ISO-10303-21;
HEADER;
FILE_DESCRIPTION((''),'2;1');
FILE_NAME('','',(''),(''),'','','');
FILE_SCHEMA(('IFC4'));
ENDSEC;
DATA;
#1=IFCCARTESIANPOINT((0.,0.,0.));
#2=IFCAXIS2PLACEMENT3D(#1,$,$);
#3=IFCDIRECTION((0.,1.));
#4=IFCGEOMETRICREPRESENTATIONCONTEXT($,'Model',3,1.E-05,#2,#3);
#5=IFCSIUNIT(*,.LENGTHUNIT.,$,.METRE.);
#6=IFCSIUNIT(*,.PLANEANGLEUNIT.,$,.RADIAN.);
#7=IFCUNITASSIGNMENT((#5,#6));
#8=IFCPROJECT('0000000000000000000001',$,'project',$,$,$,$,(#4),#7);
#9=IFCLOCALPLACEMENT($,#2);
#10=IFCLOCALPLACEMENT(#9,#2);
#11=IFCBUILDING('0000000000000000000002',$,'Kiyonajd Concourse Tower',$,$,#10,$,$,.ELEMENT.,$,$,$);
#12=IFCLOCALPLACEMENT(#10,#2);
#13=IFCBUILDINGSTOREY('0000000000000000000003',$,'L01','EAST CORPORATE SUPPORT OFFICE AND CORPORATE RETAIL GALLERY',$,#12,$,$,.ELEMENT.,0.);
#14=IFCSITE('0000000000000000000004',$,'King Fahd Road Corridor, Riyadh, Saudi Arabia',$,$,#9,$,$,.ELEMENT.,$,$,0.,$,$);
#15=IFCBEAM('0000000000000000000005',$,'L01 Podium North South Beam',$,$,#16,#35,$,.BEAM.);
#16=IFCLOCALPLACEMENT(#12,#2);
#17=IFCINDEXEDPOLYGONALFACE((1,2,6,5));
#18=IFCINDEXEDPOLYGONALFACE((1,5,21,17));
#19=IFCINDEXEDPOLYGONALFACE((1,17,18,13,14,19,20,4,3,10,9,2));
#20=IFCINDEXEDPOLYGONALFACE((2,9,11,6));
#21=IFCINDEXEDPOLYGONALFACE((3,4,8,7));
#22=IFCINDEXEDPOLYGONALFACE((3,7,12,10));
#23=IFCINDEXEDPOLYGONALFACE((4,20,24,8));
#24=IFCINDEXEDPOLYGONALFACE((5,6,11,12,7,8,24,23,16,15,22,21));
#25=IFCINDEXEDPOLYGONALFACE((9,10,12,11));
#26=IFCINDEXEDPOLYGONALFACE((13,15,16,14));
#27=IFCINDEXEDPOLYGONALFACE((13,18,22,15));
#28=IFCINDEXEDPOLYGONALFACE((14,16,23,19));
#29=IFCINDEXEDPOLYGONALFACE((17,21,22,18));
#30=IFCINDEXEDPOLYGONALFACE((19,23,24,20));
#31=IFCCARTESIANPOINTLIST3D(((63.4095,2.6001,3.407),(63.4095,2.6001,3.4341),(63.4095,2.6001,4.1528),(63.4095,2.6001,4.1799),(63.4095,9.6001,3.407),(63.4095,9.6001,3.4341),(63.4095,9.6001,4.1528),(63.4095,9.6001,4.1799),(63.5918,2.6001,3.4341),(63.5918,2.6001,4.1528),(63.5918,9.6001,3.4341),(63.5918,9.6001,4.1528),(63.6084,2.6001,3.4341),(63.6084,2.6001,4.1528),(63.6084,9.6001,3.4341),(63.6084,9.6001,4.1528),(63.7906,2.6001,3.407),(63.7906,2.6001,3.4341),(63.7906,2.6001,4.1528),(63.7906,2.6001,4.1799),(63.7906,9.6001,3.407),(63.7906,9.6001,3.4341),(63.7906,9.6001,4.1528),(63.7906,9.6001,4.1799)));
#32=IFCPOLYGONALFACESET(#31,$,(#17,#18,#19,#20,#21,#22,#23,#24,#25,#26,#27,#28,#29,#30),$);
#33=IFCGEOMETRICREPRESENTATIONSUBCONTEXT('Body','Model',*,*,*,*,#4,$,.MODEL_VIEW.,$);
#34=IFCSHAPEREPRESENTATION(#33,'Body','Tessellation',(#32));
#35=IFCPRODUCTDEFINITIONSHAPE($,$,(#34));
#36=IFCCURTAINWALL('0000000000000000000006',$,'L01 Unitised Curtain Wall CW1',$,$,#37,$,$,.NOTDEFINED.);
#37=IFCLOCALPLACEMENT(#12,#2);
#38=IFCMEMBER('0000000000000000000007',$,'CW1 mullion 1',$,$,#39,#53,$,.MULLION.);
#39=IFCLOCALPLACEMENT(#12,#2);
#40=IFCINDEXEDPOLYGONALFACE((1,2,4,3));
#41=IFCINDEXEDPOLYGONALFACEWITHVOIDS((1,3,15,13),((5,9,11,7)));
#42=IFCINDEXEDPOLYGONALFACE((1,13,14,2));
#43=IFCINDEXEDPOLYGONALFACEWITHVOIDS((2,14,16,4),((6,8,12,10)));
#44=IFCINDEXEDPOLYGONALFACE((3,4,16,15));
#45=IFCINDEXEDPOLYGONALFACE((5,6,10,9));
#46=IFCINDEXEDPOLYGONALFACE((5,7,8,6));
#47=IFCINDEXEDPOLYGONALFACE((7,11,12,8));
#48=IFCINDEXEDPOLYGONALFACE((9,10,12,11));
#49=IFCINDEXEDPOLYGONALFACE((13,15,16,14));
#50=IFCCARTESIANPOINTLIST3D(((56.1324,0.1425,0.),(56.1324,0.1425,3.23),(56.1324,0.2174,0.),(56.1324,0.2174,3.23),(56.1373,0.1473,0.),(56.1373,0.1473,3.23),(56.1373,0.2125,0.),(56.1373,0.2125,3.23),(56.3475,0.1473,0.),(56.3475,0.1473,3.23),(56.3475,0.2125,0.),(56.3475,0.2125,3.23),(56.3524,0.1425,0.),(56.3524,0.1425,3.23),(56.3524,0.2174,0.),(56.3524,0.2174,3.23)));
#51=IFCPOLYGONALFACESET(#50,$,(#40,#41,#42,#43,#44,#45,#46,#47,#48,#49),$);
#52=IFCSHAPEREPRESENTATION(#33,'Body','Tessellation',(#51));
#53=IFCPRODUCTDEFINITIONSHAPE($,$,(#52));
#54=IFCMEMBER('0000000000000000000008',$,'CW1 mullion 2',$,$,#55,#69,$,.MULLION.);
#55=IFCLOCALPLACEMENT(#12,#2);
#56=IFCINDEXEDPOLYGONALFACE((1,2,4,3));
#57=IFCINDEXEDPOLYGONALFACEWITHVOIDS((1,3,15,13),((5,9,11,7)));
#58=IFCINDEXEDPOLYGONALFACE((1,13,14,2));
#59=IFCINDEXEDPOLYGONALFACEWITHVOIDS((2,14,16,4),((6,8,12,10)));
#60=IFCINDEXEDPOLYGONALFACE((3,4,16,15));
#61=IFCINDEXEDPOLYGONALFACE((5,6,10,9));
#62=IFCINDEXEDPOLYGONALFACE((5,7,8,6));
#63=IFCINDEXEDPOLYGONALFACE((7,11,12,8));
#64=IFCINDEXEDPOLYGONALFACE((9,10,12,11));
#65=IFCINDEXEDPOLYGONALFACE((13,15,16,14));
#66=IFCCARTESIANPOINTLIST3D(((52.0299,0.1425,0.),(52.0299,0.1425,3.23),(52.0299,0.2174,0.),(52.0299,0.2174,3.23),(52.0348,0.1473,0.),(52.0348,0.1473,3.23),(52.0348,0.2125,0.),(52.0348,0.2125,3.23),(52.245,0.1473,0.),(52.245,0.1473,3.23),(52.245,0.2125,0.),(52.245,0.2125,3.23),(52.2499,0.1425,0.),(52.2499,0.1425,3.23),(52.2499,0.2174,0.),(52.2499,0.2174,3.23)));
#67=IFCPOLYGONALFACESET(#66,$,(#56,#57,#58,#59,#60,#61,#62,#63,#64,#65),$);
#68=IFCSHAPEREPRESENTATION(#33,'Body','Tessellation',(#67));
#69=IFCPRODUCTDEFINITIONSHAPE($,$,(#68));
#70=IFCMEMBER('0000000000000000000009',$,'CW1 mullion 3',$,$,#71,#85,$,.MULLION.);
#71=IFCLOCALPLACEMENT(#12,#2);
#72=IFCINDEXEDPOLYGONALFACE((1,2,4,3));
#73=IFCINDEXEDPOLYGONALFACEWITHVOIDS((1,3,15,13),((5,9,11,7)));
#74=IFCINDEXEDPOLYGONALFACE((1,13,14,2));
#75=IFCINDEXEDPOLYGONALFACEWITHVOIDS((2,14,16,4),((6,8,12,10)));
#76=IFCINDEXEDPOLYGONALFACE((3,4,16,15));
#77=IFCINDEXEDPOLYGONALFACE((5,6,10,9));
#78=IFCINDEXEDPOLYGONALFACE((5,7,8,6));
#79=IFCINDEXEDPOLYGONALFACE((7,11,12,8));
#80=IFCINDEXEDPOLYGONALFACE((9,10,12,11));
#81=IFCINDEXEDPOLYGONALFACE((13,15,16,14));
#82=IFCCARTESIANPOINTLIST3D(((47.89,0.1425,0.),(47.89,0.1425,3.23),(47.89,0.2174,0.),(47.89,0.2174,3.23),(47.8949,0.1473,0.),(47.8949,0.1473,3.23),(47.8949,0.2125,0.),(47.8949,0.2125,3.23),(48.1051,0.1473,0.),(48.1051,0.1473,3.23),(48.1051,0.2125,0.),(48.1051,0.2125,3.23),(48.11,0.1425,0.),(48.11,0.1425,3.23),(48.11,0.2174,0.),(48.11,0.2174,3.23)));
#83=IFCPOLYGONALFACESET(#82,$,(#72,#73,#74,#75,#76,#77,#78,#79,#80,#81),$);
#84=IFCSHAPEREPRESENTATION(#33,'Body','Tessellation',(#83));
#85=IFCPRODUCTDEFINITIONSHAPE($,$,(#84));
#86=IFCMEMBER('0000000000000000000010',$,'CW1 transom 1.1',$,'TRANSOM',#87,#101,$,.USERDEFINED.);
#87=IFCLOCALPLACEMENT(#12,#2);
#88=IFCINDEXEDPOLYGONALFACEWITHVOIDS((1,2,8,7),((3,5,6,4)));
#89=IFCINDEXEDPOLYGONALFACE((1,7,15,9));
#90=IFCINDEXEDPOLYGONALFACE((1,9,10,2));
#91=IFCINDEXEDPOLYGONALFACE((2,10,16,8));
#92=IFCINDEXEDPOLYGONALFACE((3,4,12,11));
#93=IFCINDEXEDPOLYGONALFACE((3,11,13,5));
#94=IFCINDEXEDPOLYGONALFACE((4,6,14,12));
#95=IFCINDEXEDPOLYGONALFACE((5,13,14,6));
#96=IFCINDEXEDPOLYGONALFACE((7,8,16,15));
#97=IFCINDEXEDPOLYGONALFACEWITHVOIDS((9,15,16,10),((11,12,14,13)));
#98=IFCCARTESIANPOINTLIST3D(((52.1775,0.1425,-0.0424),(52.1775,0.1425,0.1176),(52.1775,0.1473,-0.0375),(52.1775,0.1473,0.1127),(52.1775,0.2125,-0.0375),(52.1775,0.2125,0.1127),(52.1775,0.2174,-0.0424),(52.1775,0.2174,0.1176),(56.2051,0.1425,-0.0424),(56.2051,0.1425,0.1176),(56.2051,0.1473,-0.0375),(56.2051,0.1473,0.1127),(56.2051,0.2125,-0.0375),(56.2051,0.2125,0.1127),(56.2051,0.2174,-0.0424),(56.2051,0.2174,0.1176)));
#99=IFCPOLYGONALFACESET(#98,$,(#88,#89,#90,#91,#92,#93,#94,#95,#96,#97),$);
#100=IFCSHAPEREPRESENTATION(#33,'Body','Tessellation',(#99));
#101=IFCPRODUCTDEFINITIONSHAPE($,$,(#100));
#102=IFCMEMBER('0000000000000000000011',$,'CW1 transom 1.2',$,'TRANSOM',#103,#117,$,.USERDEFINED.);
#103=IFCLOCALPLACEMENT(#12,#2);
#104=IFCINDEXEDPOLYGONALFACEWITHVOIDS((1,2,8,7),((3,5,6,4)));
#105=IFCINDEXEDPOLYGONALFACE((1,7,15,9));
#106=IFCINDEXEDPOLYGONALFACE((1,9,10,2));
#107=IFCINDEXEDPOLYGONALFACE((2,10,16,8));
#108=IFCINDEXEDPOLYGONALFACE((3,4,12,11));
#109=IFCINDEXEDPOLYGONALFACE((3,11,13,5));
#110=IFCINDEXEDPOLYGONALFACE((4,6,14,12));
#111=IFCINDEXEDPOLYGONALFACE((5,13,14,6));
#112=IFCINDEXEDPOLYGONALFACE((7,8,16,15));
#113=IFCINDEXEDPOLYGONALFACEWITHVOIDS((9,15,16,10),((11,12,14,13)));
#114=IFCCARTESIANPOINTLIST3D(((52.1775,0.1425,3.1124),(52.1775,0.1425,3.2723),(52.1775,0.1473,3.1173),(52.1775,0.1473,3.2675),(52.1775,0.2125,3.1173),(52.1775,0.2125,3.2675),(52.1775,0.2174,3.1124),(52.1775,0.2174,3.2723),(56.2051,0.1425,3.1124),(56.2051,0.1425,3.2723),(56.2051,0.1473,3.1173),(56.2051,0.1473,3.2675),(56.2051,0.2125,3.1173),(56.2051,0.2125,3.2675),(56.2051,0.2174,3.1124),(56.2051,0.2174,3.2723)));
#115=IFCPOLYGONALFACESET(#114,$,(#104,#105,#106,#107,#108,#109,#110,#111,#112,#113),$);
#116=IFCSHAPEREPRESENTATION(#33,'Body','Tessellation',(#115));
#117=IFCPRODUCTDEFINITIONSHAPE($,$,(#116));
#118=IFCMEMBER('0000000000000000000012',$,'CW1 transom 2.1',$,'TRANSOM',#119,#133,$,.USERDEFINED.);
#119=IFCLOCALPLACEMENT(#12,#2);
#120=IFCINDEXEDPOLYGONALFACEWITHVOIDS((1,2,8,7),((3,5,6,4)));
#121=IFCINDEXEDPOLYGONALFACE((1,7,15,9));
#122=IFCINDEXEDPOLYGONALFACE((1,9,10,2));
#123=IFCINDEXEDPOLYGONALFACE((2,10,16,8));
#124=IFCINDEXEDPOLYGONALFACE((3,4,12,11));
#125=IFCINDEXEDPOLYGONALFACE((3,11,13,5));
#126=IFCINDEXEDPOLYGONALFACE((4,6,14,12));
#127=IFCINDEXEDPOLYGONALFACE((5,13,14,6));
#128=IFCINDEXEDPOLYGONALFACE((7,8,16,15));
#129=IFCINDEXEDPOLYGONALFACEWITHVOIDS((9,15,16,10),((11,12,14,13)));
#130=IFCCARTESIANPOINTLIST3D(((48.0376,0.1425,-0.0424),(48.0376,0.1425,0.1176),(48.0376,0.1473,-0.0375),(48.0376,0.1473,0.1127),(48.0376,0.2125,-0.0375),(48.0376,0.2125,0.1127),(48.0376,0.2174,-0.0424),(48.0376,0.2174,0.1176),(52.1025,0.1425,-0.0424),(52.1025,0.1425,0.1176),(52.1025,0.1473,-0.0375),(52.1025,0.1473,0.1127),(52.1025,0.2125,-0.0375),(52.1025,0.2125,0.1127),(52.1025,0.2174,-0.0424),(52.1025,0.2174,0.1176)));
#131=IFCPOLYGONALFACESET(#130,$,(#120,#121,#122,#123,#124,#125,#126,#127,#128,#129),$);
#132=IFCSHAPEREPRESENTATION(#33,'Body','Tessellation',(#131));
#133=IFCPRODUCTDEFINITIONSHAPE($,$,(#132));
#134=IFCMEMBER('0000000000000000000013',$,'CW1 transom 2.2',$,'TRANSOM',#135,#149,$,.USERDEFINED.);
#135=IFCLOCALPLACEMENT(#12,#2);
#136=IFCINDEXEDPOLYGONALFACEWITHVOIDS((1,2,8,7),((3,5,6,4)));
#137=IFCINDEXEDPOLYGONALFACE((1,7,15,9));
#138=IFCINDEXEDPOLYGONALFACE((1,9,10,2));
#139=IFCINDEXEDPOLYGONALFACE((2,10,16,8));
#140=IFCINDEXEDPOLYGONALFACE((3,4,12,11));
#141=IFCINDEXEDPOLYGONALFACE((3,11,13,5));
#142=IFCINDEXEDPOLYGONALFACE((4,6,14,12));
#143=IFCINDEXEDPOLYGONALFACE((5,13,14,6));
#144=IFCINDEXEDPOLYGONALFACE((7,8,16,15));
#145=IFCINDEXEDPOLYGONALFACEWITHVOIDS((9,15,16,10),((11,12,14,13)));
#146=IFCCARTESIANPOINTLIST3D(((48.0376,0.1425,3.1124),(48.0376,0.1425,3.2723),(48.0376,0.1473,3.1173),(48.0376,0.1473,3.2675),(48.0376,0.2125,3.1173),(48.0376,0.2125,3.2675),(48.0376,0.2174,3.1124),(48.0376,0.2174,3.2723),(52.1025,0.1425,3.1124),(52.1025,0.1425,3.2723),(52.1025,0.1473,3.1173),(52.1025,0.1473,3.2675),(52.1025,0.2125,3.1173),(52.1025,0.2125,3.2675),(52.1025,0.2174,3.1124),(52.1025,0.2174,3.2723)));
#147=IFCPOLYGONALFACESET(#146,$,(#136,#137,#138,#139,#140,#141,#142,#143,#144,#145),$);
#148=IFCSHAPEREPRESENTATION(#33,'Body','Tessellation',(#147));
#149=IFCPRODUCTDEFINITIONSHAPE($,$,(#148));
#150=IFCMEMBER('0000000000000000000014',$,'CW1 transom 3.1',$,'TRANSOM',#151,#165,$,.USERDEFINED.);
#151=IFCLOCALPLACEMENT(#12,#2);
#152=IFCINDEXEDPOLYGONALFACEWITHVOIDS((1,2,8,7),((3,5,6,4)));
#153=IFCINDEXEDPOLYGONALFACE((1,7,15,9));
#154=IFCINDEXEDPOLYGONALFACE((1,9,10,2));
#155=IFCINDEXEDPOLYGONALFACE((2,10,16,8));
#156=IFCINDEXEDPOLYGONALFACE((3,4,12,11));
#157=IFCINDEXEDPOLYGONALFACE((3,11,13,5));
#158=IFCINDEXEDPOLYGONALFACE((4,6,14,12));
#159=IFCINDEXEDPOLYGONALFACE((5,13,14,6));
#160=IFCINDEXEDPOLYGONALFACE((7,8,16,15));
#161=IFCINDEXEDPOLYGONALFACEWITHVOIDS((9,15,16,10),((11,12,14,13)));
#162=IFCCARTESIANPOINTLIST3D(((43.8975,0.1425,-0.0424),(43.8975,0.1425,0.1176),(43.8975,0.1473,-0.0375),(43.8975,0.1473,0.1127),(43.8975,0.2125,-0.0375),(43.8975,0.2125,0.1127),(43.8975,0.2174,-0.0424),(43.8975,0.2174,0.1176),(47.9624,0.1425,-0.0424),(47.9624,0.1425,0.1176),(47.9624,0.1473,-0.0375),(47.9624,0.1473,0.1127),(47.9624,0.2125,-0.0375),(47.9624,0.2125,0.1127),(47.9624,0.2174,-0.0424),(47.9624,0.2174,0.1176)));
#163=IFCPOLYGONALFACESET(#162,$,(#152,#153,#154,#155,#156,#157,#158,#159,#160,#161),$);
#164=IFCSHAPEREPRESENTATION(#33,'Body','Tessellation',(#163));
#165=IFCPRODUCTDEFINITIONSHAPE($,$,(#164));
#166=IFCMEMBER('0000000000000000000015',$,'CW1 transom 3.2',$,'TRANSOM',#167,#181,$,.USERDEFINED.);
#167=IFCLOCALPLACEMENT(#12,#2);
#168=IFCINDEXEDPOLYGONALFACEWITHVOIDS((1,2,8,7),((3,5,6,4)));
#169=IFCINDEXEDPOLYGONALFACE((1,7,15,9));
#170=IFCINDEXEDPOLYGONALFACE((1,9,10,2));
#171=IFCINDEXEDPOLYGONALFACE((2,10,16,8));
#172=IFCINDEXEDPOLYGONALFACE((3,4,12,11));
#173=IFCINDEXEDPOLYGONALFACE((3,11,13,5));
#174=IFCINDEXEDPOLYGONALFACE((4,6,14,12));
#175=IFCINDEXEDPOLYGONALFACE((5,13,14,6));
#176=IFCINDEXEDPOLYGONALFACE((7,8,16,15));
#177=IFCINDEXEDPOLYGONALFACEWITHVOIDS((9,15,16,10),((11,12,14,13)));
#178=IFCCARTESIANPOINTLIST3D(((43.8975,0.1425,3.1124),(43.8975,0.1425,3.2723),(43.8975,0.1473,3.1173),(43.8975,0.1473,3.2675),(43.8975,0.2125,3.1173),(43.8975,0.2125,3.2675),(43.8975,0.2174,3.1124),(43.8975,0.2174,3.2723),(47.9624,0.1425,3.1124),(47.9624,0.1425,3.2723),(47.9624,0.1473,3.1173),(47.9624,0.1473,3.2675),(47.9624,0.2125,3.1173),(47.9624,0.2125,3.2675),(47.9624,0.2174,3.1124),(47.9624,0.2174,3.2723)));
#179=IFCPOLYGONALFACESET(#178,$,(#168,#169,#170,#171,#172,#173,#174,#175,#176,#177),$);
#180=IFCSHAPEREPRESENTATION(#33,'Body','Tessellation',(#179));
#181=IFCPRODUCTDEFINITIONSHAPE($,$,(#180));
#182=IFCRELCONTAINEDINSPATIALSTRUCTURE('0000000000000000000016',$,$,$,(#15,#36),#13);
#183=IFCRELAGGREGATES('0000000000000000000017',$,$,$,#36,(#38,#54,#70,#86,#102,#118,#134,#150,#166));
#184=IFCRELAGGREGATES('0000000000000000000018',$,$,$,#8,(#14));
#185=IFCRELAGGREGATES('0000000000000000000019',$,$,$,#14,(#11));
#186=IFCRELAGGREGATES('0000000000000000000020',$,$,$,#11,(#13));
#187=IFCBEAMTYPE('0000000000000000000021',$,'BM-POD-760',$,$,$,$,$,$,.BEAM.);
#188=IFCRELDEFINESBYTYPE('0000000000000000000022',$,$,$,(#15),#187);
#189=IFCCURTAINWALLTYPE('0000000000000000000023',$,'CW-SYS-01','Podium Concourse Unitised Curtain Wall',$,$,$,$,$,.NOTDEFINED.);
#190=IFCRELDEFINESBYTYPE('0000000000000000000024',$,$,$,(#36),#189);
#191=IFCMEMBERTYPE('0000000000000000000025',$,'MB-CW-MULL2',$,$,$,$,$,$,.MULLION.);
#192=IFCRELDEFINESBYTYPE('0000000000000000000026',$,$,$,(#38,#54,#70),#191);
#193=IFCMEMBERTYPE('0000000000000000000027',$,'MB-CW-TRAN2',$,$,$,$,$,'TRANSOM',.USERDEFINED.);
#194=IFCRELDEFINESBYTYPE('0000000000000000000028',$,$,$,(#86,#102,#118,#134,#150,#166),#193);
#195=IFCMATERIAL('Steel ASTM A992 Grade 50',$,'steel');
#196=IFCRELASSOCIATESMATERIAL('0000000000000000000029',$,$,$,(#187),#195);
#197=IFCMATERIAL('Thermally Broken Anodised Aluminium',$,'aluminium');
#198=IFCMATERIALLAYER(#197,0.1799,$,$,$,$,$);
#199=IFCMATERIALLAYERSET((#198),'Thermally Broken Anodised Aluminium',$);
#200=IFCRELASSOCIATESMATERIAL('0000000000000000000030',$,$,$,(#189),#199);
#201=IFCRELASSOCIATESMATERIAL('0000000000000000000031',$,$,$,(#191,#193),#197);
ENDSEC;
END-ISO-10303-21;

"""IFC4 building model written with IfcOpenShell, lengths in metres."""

from ifc_helpers import new_model, si_unit, direction, frame, origin, origin_2d, place, context, subcontext, project, spatial, hollow_rectangle, i_section, extrude, material, layer, layer_set, material_profile, profile_set, type_object, element, aggregate, save


model = new_model("IFC4")

# Units and contexts
model_context = context("Model", 3, precision=1e-05, world=origin(), true_north=direction((0.0, 1.0)))
body_context = subcontext(model_context, "Body", "Model", "MODEL_VIEW")
ifc_project = project(units=[si_unit("LENGTHUNIT", "METRE"), si_unit("PLANEANGLEUNIT", "RADIAN")], contexts=[model_context])

# Site, building, storey
site_placement = place(None, origin())
site = spatial("IfcSite", under=ifc_project, at=site_placement, Name="King Fahd Road Corridor, Riyadh, Saudi Arabia", CompositionType="ELEMENT", RefElevation=0.0)
building_placement = place(site_placement, origin())
building = spatial("IfcBuilding", under=site, at=building_placement, Name="Kiyonajd Concourse Tower", CompositionType="ELEMENT")
storey_placement = place(building_placement, origin())
storey = spatial("IfcBuildingStorey", under=building, at=storey_placement, Name="L01", Description="EAST CORPORATE SUPPORT OFFICE AND CORPORATE RETAIL GALLERY", CompositionType="ELEMENT", Elevation=0.0)

# Beam
ifc_material_1 = material(Name="Steel ASTM A992 Grade 50", Category="steel")
ifc_material_profile_1 = material_profile(ifc_material_1, i_section(OverallWidth=0.3811, OverallDepth=0.7729, WebThickness=0.0166, FlangeThickness=0.0271, at=origin_2d()), Name="W760X257")
ifc_profile_set_1 = profile_set([ifc_material_profile_1], Name="Steel ASTM A992 Grade 50")
beam_type = type_object("IfcBeamType", Name="BM-POD-760", PredefinedType="BEAM", material=ifc_profile_set_1)
beam_1_placement = place(storey_placement, frame((63.6001, 2.6001, 3.7935), z_axis=(0.0, 1.0, 0.0), x_axis=(-1.0, 0.0, 0.0)))
element("IfcBeam", 1, at=beam_1_placement, inside=storey, type_object=beam_type, Name="L01 Podium North South Beam", PredefinedType="BEAM", context=body_context, shape_type="SweptSolid", body=[
    extrude(i_section(OverallWidth=0.3811, OverallDepth=0.7729, WebThickness=0.0166, FlangeThickness=0.0271, at=origin_2d()), origin(), (0.0, 0.0, 1.0), 7.0),
])

# Curtain wall, members
ifc_material_2 = material(Name="Thermally Broken Anodised Aluminium", Category="aluminium")
ifc_layer_1 = layer(ifc_material_2, 0.1799)
ifc_layer_set_1 = layer_set([ifc_layer_1], Name="Thermally Broken Anodised Aluminium")
curtain_wall_type = type_object("IfcCurtainWallType", Name="CW-SYS-01", Description="Podium Concourse Unitised Curtain Wall", PredefinedType="NOTDEFINED", material=ifc_layer_set_1)
curtain_wall_placement = place(storey_placement, origin())
curtain_wall = element("IfcCurtainWall", 2, at=curtain_wall_placement, inside=storey, type_object=curtain_wall_type, Name="L01 Unitised Curtain Wall CW1", PredefinedType="NOTDEFINED")
ifc_material_profile_2 = material_profile(ifc_material_2, hollow_rectangle(XDim=0.075, YDim=0.22, WallThickness=0.0049, at=origin_2d()), Name="MULL-75x220")
ifc_profile_set_2 = profile_set([ifc_material_profile_2], Name="Thermally Broken Anodised Aluminium")
member_type_1 = type_object("IfcMemberType", Name="MB-CW-MULL2", PredefinedType="MULLION", material=ifc_profile_set_2)
member_1_placement = place(storey_placement, frame((56.2424, 0.1799, 0.0), z_axis=(0.0, 0.0, 1.0), x_axis=(0.0, -1.0, 0.0)))
member_1 = element("IfcMember", 3, at=member_1_placement, type_object=member_type_1, Name="CW1 mullion 1", PredefinedType="MULLION", context=body_context, shape_type="SweptSolid", body=[
    extrude(hollow_rectangle(XDim=0.075, YDim=0.22, WallThickness=0.0049, at=origin_2d()), origin(), (0.0, 0.0, 1.0), 3.23),
])
member_2_placement = place(storey_placement, frame((52.1399, 0.1799, 0.0), z_axis=(0.0, 0.0, 1.0), x_axis=(0.0, -1.0, 0.0)))
member_2 = element("IfcMember", 4, at=member_2_placement, type_object=member_type_1, Name="CW1 mullion 2", PredefinedType="MULLION", context=body_context, shape_type="SweptSolid", body=[
    extrude(hollow_rectangle(XDim=0.075, YDim=0.22, WallThickness=0.0049, at=origin_2d()), origin(), (0.0, 0.0, 1.0), 3.23),
])
member_3_placement = place(storey_placement, frame((48.0, 0.1799, 0.0), z_axis=(0.0, 0.0, 1.0), x_axis=(0.0, -1.0, 0.0)))
member_3 = element("IfcMember", 5, at=member_3_placement, type_object=member_type_1, Name="CW1 mullion 3", PredefinedType="MULLION", context=body_context, shape_type="SweptSolid", body=[
    extrude(hollow_rectangle(XDim=0.075, YDim=0.22, WallThickness=0.0049, at=origin_2d()), origin(), (0.0, 0.0, 1.0), 3.23),
])
ifc_material_profile_3 = material_profile(ifc_material_2, hollow_rectangle(XDim=0.075, YDim=0.1599, WallThickness=0.0049, at=origin_2d()), Name="TRAN-75x160")
ifc_profile_set_3 = profile_set([ifc_material_profile_3], Name="Thermally Broken Anodised Aluminium")
member_type_2 = type_object("IfcMemberType", Name="MB-CW-TRAN2", ElementType="TRANSOM", PredefinedType="USERDEFINED", material=ifc_profile_set_3)
member_4_placement = place(storey_placement, frame((56.2051, 0.1799, 0.0376), z_axis=(-1.0, 0.0, 0.0), x_axis=(0.0, -1.0, 0.0)))
member_4 = element("IfcMember", 6, at=member_4_placement, type_object=member_type_2, Name="CW1 transom 1.1", ObjectType="TRANSOM", PredefinedType="USERDEFINED", context=body_context, shape_type="SweptSolid", body=[
    extrude(hollow_rectangle(XDim=0.075, YDim=0.1599, WallThickness=0.0049, at=origin_2d()), origin(), (0.0, 0.0, 1.0), 4.0276),
])
member_5_placement = place(storey_placement, frame((56.2051, 0.1799, 3.1924), z_axis=(-1.0, 0.0, 0.0), x_axis=(0.0, -1.0, 0.0)))
member_5 = element("IfcMember", 7, at=member_5_placement, type_object=member_type_2, Name="CW1 transom 1.2", ObjectType="TRANSOM", PredefinedType="USERDEFINED", context=body_context, shape_type="SweptSolid", body=[
    extrude(hollow_rectangle(XDim=0.075, YDim=0.1599, WallThickness=0.0049, at=origin_2d()), origin(), (0.0, 0.0, 1.0), 4.0276),
])
member_6_placement = place(storey_placement, frame((52.1025, 0.1799, 0.0376), z_axis=(-1.0, 0.0, 0.0), x_axis=(0.0, -1.0, 0.0)))
member_6 = element("IfcMember", 8, at=member_6_placement, type_object=member_type_2, Name="CW1 transom 2.1", ObjectType="TRANSOM", PredefinedType="USERDEFINED", context=body_context, shape_type="SweptSolid", body=[
    extrude(hollow_rectangle(XDim=0.075, YDim=0.1599, WallThickness=0.0049, at=origin_2d()), origin(), (0.0, 0.0, 1.0), 4.0649),
])
member_7_placement = place(storey_placement, frame((52.1025, 0.1799, 3.1924), z_axis=(-1.0, 0.0, 0.0), x_axis=(0.0, -1.0, 0.0)))
member_7 = element("IfcMember", 9, at=member_7_placement, type_object=member_type_2, Name="CW1 transom 2.2", ObjectType="TRANSOM", PredefinedType="USERDEFINED", context=body_context, shape_type="SweptSolid", body=[
    extrude(hollow_rectangle(XDim=0.075, YDim=0.1599, WallThickness=0.0049, at=origin_2d()), origin(), (0.0, 0.0, 1.0), 4.0649),
])
member_8_placement = place(storey_placement, frame((47.9624, 0.1799, 0.0376), z_axis=(-1.0, 0.0, 0.0), x_axis=(0.0, -1.0, 0.0)))
member_8 = element("IfcMember", 10, at=member_8_placement, type_object=member_type_2, Name="CW1 transom 3.1", ObjectType="TRANSOM", PredefinedType="USERDEFINED", context=body_context, shape_type="SweptSolid", body=[
    extrude(hollow_rectangle(XDim=0.075, YDim=0.1599, WallThickness=0.0049, at=origin_2d()), origin(), (0.0, 0.0, 1.0), 4.0649),
])
member_9_placement = place(storey_placement, frame((47.9624, 0.1799, 3.1924), z_axis=(-1.0, 0.0, 0.0), x_axis=(0.0, -1.0, 0.0)))
member_9 = element("IfcMember", 11, at=member_9_placement, type_object=member_type_2, Name="CW1 transom 3.2", ObjectType="TRANSOM", PredefinedType="USERDEFINED", context=body_context, shape_type="SweptSolid", body=[
    extrude(hollow_rectangle(XDim=0.075, YDim=0.1599, WallThickness=0.0049, at=origin_2d()), origin(), (0.0, 0.0, 1.0), 4.0649),
])

aggregate(curtain_wall, [member_1, member_2, member_3, member_4, member_5, member_6, member_7, member_8, member_9])

save(model, "model.ifc")
